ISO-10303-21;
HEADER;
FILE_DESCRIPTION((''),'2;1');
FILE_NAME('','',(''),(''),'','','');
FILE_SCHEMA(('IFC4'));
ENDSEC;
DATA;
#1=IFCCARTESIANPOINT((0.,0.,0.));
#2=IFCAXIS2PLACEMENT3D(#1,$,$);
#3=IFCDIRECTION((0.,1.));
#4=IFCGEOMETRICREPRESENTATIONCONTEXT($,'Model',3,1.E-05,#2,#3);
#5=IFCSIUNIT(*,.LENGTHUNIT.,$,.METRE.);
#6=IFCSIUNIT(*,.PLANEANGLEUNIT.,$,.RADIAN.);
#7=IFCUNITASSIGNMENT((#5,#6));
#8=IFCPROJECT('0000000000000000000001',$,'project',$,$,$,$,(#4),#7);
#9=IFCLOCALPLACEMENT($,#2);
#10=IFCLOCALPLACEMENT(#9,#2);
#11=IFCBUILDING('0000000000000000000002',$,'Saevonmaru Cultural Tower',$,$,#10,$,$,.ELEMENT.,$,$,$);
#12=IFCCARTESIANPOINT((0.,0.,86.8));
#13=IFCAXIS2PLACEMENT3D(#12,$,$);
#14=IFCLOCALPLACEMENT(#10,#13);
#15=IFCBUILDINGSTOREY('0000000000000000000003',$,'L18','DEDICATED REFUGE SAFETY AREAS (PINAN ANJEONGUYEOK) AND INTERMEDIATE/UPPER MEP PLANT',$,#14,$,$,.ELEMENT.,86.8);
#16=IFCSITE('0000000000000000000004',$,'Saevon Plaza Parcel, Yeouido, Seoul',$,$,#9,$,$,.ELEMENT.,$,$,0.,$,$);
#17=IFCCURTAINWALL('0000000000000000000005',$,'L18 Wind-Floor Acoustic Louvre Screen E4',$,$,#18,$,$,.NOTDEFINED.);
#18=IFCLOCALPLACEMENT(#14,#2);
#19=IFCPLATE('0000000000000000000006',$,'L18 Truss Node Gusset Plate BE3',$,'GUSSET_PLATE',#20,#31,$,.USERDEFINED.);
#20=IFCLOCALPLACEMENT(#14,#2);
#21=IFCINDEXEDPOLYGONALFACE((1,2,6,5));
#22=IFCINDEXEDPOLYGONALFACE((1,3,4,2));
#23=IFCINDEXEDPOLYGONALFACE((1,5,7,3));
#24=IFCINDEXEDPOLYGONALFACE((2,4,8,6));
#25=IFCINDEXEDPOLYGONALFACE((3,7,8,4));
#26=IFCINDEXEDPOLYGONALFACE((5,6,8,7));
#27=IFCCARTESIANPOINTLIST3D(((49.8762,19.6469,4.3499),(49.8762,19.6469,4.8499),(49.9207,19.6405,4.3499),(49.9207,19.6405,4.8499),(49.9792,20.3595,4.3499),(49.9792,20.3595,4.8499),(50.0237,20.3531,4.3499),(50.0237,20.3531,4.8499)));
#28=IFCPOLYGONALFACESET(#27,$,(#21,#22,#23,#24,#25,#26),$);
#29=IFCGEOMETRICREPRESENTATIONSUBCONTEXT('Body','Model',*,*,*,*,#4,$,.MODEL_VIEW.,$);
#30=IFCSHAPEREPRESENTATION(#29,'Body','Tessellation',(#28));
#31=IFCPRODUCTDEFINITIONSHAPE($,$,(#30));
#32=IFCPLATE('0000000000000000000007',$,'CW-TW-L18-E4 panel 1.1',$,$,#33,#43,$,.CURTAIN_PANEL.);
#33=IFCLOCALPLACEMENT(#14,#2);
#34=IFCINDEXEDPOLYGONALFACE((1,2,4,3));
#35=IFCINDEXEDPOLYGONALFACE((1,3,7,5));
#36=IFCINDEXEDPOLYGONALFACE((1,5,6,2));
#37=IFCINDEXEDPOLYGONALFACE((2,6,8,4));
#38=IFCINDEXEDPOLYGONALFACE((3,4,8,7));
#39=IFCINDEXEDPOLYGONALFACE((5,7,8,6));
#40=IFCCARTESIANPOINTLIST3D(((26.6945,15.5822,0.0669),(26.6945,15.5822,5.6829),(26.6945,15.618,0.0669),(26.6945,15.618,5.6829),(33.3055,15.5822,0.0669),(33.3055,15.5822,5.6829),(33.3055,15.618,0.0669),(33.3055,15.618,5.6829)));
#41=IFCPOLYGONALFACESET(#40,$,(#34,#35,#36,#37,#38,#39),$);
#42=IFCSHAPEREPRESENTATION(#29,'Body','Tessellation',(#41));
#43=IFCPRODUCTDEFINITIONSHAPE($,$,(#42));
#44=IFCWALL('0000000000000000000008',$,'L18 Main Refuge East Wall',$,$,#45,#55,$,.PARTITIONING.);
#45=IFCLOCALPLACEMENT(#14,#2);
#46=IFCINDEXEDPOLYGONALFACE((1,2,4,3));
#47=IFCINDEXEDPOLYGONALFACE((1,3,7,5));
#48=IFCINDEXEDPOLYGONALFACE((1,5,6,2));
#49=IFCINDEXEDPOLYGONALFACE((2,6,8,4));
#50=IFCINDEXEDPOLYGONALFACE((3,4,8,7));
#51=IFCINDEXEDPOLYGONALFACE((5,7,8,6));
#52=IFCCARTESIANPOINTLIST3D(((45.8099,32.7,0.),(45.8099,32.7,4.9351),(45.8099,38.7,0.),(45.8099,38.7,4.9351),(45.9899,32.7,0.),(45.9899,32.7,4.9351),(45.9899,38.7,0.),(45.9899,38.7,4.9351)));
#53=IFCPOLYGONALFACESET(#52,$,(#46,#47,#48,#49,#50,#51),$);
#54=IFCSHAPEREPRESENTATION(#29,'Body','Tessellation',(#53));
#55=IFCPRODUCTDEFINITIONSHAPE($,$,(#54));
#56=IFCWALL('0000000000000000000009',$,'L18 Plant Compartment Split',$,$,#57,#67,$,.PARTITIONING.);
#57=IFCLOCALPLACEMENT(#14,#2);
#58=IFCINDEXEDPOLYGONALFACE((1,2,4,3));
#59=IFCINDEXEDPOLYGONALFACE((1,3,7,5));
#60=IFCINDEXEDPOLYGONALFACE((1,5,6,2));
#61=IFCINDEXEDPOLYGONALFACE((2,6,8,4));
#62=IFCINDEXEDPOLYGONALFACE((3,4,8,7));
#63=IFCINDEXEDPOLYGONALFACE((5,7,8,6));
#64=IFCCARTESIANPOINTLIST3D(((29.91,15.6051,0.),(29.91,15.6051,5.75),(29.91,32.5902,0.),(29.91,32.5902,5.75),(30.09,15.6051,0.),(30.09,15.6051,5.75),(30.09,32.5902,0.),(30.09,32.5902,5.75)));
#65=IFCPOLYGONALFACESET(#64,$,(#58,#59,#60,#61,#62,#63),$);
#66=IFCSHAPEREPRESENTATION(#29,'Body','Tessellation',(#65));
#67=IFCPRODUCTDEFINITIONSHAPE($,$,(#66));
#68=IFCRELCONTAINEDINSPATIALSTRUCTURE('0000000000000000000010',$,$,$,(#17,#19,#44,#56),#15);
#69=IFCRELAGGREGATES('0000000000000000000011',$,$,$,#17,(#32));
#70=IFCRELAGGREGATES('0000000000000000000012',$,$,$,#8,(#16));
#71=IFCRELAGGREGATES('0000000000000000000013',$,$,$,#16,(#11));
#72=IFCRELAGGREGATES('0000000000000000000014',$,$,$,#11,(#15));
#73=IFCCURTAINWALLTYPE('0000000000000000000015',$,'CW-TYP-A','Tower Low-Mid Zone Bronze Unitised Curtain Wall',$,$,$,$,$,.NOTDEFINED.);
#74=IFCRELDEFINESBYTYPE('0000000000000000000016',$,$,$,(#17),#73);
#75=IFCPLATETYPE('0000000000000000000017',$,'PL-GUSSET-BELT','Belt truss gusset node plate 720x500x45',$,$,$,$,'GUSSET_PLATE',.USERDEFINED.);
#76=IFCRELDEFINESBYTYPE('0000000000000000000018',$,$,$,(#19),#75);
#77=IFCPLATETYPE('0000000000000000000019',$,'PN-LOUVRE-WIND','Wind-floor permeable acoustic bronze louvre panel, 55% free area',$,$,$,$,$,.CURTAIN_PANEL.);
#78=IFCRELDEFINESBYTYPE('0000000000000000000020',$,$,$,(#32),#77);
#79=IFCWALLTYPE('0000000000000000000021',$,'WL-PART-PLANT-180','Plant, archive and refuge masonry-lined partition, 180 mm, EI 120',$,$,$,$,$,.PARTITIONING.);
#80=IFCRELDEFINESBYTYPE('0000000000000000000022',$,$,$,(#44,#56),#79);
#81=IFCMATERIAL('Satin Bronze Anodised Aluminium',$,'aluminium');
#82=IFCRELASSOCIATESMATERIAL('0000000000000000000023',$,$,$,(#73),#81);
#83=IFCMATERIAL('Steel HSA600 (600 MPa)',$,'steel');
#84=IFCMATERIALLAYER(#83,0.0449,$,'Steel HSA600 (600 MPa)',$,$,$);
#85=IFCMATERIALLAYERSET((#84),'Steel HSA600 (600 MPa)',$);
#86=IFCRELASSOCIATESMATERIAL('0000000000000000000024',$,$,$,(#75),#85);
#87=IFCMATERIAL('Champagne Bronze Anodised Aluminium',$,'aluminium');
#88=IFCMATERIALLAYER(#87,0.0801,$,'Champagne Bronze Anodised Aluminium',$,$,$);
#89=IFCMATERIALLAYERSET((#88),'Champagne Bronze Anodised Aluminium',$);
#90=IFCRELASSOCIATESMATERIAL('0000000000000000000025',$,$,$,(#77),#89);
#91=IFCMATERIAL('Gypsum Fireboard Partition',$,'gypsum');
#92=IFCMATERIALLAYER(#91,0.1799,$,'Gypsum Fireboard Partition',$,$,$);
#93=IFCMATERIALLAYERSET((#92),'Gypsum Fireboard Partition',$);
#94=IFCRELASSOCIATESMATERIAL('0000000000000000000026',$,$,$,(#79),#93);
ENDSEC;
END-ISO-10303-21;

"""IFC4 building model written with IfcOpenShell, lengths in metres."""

from ifc_helpers import new_model, si_unit, direction, frame, frame_2d, origin, origin_2d, place, context, subcontext, project, spatial, rectangle, extrude, material, layer, layer_set, type_object, element, aggregate, save


model = new_model("IFC4")

# Units and contexts
model_context = context("Model", 3, precision=1e-05, world=origin(), true_north=direction((0.0, 1.0)))
body_context = subcontext(model_context, "Body", "Model", "MODEL_VIEW")
ifc_project = project(units=[si_unit("LENGTHUNIT", "METRE"), si_unit("PLANEANGLEUNIT", "RADIAN")], contexts=[model_context])

# Site, building, storey
site_placement = place(None, origin())
site = spatial("IfcSite", under=ifc_project, at=site_placement, Name="Saevon Plaza Parcel, Yeouido, Seoul", CompositionType="ELEMENT", RefElevation=0.0)
building_placement = place(site_placement, origin())
building = spatial("IfcBuilding", under=site, at=building_placement, Name="Saevonmaru Cultural Tower", CompositionType="ELEMENT")
storey_placement = place(building_placement, frame((0.0, 0.0, 86.8)))
storey = spatial("IfcBuildingStorey", under=building, at=storey_placement, Name="L18", Description="DEDICATED REFUGE SAFETY AREAS (PINAN ANJEONGUYEOK) AND INTERMEDIATE/UPPER MEP PLANT", CompositionType="ELEMENT", Elevation=86.8)

# Shared definitions
ifc_material_1 = material(Name="Steel HSA600 (600 MPa)", Category="steel")

# Curtain wall
ifc_material_2 = material(Name="Satin Bronze Anodised Aluminium", Category="aluminium")
curtain_wall_type = type_object("IfcCurtainWallType", Name="CW-TYP-A", Description="Tower Low-Mid Zone Bronze Unitised Curtain Wall", PredefinedType="NOTDEFINED", material=ifc_material_2)
curtain_wall_placement = place(storey_placement, origin())
curtain_wall = element("IfcCurtainWall", 1, at=curtain_wall_placement, inside=storey, type_object=curtain_wall_type, Name="L18 Wind-Floor Acoustic Louvre Screen E4", PredefinedType="NOTDEFINED")

# Plate
ifc_layer_1 = layer(ifc_material_1, 0.0449, Name="Steel HSA600 (600 MPa)")
ifc_layer_set_1 = layer_set([ifc_layer_1], Name="Steel HSA600 (600 MPa)")
plate_type_1 = type_object("IfcPlateType", Name="PL-GUSSET-BELT", Description="Belt truss gusset node plate 720x500x45", ElementType="GUSSET_PLATE", PredefinedType="USERDEFINED", material=ifc_layer_set_1)
for number, where, z_axis, x_axis, name in (
    (2, (49.95, 20.0, 4.3499), (0.0, 0.0, 1.0), (0.143009, 0.989721, 0.0), "L18 Truss Node Gusset Plate BE3"),
):
    element("IfcPlate", number, at=place(storey_placement, frame(where, z_axis=z_axis, x_axis=x_axis)), inside=storey, type_object=plate_type_1, Name=name, ObjectType="GUSSET_PLATE", PredefinedType="USERDEFINED", context=body_context, shape_type="SweptSolid", body=[
        extrude(rectangle(XDim=0.72, YDim=0.0449, at=origin_2d()), origin(), (0.0, 0.0, 1.0), 0.5),
    ])

# Plate
ifc_material_3 = material(Name="Champagne Bronze Anodised Aluminium", Category="aluminium")
ifc_layer_2 = layer(ifc_material_3, 0.0801, Name="Champagne Bronze Anodised Aluminium")
ifc_layer_set_2 = layer_set([ifc_layer_2], Name="Champagne Bronze Anodised Aluminium")
plate_type_2 = type_object("IfcPlateType", Name="PN-LOUVRE-WIND", Description="Wind-floor permeable acoustic bronze louvre panel, 55% free area", PredefinedType="CURTAIN_PANEL", material=ifc_layer_set_2)
plate_placement = place(storey_placement, frame((30.0, 15.6001, 0.0669), z_axis=(0.0, 0.0, 1.0), x_axis=(1.0, 0.0, 0.0)))
plate = element("IfcPlate", 3, at=plate_placement, type_object=plate_type_2, Name="CW-TW-L18-E4 panel 1.1", PredefinedType="CURTAIN_PANEL", context=body_context, shape_type="SweptSolid", body=[
    extrude(rectangle(XDim=6.6111, YDim=0.0359, at=origin_2d()), origin(), (0.0, 0.0, 1.0), 5.616),
])
aggregate(curtain_wall, [plate])

# Walls
ifc_material_4 = material(Name="Gypsum Fireboard Partition", Category="gypsum")
ifc_layer_3 = layer(ifc_material_4, 0.1799, Name="Gypsum Fireboard Partition")
ifc_layer_set_3 = layer_set([ifc_layer_3], Name="Gypsum Fireboard Partition")
wall_type = type_object("IfcWallType", Name="WL-PART-PLANT-180", Description="Plant, archive and refuge masonry-lined partition, 180 mm, EI 120", PredefinedType="PARTITIONING", material=ifc_layer_set_3)
wall_1_placement = place(storey_placement, frame((45.8999, 32.7, 0.0), z_axis=(0.0, 0.0, 1.0), x_axis=(0.0, 1.0, 0.0)))
element("IfcWall", 4, at=wall_1_placement, inside=storey, type_object=wall_type, Name="L18 Main Refuge East Wall", PredefinedType="PARTITIONING", context=body_context, shape_type="SweptSolid", body=[
    extrude(rectangle(XDim=6.0, YDim=0.1799, at=frame_2d((3.0, 0.0))), origin(), (0.0, 0.0, 1.0), 4.9351),
])
wall_2_placement = place(storey_placement, frame((30.0, 15.605, 0.0), z_axis=(0.0, 0.0, 1.0), x_axis=(0.0, 1.0, 0.0)))
element("IfcWall", 5, at=wall_2_placement, inside=storey, type_object=wall_type, Name="L18 Plant Compartment Split", PredefinedType="PARTITIONING", context=body_context, shape_type="SweptSolid", body=[
    extrude(rectangle(XDim=16.9851, YDim=0.1799, at=frame_2d((8.4927, 0.0))), origin(), (0.0, 0.0, 1.0), 5.75),
])

save(model, "model.ifc")
